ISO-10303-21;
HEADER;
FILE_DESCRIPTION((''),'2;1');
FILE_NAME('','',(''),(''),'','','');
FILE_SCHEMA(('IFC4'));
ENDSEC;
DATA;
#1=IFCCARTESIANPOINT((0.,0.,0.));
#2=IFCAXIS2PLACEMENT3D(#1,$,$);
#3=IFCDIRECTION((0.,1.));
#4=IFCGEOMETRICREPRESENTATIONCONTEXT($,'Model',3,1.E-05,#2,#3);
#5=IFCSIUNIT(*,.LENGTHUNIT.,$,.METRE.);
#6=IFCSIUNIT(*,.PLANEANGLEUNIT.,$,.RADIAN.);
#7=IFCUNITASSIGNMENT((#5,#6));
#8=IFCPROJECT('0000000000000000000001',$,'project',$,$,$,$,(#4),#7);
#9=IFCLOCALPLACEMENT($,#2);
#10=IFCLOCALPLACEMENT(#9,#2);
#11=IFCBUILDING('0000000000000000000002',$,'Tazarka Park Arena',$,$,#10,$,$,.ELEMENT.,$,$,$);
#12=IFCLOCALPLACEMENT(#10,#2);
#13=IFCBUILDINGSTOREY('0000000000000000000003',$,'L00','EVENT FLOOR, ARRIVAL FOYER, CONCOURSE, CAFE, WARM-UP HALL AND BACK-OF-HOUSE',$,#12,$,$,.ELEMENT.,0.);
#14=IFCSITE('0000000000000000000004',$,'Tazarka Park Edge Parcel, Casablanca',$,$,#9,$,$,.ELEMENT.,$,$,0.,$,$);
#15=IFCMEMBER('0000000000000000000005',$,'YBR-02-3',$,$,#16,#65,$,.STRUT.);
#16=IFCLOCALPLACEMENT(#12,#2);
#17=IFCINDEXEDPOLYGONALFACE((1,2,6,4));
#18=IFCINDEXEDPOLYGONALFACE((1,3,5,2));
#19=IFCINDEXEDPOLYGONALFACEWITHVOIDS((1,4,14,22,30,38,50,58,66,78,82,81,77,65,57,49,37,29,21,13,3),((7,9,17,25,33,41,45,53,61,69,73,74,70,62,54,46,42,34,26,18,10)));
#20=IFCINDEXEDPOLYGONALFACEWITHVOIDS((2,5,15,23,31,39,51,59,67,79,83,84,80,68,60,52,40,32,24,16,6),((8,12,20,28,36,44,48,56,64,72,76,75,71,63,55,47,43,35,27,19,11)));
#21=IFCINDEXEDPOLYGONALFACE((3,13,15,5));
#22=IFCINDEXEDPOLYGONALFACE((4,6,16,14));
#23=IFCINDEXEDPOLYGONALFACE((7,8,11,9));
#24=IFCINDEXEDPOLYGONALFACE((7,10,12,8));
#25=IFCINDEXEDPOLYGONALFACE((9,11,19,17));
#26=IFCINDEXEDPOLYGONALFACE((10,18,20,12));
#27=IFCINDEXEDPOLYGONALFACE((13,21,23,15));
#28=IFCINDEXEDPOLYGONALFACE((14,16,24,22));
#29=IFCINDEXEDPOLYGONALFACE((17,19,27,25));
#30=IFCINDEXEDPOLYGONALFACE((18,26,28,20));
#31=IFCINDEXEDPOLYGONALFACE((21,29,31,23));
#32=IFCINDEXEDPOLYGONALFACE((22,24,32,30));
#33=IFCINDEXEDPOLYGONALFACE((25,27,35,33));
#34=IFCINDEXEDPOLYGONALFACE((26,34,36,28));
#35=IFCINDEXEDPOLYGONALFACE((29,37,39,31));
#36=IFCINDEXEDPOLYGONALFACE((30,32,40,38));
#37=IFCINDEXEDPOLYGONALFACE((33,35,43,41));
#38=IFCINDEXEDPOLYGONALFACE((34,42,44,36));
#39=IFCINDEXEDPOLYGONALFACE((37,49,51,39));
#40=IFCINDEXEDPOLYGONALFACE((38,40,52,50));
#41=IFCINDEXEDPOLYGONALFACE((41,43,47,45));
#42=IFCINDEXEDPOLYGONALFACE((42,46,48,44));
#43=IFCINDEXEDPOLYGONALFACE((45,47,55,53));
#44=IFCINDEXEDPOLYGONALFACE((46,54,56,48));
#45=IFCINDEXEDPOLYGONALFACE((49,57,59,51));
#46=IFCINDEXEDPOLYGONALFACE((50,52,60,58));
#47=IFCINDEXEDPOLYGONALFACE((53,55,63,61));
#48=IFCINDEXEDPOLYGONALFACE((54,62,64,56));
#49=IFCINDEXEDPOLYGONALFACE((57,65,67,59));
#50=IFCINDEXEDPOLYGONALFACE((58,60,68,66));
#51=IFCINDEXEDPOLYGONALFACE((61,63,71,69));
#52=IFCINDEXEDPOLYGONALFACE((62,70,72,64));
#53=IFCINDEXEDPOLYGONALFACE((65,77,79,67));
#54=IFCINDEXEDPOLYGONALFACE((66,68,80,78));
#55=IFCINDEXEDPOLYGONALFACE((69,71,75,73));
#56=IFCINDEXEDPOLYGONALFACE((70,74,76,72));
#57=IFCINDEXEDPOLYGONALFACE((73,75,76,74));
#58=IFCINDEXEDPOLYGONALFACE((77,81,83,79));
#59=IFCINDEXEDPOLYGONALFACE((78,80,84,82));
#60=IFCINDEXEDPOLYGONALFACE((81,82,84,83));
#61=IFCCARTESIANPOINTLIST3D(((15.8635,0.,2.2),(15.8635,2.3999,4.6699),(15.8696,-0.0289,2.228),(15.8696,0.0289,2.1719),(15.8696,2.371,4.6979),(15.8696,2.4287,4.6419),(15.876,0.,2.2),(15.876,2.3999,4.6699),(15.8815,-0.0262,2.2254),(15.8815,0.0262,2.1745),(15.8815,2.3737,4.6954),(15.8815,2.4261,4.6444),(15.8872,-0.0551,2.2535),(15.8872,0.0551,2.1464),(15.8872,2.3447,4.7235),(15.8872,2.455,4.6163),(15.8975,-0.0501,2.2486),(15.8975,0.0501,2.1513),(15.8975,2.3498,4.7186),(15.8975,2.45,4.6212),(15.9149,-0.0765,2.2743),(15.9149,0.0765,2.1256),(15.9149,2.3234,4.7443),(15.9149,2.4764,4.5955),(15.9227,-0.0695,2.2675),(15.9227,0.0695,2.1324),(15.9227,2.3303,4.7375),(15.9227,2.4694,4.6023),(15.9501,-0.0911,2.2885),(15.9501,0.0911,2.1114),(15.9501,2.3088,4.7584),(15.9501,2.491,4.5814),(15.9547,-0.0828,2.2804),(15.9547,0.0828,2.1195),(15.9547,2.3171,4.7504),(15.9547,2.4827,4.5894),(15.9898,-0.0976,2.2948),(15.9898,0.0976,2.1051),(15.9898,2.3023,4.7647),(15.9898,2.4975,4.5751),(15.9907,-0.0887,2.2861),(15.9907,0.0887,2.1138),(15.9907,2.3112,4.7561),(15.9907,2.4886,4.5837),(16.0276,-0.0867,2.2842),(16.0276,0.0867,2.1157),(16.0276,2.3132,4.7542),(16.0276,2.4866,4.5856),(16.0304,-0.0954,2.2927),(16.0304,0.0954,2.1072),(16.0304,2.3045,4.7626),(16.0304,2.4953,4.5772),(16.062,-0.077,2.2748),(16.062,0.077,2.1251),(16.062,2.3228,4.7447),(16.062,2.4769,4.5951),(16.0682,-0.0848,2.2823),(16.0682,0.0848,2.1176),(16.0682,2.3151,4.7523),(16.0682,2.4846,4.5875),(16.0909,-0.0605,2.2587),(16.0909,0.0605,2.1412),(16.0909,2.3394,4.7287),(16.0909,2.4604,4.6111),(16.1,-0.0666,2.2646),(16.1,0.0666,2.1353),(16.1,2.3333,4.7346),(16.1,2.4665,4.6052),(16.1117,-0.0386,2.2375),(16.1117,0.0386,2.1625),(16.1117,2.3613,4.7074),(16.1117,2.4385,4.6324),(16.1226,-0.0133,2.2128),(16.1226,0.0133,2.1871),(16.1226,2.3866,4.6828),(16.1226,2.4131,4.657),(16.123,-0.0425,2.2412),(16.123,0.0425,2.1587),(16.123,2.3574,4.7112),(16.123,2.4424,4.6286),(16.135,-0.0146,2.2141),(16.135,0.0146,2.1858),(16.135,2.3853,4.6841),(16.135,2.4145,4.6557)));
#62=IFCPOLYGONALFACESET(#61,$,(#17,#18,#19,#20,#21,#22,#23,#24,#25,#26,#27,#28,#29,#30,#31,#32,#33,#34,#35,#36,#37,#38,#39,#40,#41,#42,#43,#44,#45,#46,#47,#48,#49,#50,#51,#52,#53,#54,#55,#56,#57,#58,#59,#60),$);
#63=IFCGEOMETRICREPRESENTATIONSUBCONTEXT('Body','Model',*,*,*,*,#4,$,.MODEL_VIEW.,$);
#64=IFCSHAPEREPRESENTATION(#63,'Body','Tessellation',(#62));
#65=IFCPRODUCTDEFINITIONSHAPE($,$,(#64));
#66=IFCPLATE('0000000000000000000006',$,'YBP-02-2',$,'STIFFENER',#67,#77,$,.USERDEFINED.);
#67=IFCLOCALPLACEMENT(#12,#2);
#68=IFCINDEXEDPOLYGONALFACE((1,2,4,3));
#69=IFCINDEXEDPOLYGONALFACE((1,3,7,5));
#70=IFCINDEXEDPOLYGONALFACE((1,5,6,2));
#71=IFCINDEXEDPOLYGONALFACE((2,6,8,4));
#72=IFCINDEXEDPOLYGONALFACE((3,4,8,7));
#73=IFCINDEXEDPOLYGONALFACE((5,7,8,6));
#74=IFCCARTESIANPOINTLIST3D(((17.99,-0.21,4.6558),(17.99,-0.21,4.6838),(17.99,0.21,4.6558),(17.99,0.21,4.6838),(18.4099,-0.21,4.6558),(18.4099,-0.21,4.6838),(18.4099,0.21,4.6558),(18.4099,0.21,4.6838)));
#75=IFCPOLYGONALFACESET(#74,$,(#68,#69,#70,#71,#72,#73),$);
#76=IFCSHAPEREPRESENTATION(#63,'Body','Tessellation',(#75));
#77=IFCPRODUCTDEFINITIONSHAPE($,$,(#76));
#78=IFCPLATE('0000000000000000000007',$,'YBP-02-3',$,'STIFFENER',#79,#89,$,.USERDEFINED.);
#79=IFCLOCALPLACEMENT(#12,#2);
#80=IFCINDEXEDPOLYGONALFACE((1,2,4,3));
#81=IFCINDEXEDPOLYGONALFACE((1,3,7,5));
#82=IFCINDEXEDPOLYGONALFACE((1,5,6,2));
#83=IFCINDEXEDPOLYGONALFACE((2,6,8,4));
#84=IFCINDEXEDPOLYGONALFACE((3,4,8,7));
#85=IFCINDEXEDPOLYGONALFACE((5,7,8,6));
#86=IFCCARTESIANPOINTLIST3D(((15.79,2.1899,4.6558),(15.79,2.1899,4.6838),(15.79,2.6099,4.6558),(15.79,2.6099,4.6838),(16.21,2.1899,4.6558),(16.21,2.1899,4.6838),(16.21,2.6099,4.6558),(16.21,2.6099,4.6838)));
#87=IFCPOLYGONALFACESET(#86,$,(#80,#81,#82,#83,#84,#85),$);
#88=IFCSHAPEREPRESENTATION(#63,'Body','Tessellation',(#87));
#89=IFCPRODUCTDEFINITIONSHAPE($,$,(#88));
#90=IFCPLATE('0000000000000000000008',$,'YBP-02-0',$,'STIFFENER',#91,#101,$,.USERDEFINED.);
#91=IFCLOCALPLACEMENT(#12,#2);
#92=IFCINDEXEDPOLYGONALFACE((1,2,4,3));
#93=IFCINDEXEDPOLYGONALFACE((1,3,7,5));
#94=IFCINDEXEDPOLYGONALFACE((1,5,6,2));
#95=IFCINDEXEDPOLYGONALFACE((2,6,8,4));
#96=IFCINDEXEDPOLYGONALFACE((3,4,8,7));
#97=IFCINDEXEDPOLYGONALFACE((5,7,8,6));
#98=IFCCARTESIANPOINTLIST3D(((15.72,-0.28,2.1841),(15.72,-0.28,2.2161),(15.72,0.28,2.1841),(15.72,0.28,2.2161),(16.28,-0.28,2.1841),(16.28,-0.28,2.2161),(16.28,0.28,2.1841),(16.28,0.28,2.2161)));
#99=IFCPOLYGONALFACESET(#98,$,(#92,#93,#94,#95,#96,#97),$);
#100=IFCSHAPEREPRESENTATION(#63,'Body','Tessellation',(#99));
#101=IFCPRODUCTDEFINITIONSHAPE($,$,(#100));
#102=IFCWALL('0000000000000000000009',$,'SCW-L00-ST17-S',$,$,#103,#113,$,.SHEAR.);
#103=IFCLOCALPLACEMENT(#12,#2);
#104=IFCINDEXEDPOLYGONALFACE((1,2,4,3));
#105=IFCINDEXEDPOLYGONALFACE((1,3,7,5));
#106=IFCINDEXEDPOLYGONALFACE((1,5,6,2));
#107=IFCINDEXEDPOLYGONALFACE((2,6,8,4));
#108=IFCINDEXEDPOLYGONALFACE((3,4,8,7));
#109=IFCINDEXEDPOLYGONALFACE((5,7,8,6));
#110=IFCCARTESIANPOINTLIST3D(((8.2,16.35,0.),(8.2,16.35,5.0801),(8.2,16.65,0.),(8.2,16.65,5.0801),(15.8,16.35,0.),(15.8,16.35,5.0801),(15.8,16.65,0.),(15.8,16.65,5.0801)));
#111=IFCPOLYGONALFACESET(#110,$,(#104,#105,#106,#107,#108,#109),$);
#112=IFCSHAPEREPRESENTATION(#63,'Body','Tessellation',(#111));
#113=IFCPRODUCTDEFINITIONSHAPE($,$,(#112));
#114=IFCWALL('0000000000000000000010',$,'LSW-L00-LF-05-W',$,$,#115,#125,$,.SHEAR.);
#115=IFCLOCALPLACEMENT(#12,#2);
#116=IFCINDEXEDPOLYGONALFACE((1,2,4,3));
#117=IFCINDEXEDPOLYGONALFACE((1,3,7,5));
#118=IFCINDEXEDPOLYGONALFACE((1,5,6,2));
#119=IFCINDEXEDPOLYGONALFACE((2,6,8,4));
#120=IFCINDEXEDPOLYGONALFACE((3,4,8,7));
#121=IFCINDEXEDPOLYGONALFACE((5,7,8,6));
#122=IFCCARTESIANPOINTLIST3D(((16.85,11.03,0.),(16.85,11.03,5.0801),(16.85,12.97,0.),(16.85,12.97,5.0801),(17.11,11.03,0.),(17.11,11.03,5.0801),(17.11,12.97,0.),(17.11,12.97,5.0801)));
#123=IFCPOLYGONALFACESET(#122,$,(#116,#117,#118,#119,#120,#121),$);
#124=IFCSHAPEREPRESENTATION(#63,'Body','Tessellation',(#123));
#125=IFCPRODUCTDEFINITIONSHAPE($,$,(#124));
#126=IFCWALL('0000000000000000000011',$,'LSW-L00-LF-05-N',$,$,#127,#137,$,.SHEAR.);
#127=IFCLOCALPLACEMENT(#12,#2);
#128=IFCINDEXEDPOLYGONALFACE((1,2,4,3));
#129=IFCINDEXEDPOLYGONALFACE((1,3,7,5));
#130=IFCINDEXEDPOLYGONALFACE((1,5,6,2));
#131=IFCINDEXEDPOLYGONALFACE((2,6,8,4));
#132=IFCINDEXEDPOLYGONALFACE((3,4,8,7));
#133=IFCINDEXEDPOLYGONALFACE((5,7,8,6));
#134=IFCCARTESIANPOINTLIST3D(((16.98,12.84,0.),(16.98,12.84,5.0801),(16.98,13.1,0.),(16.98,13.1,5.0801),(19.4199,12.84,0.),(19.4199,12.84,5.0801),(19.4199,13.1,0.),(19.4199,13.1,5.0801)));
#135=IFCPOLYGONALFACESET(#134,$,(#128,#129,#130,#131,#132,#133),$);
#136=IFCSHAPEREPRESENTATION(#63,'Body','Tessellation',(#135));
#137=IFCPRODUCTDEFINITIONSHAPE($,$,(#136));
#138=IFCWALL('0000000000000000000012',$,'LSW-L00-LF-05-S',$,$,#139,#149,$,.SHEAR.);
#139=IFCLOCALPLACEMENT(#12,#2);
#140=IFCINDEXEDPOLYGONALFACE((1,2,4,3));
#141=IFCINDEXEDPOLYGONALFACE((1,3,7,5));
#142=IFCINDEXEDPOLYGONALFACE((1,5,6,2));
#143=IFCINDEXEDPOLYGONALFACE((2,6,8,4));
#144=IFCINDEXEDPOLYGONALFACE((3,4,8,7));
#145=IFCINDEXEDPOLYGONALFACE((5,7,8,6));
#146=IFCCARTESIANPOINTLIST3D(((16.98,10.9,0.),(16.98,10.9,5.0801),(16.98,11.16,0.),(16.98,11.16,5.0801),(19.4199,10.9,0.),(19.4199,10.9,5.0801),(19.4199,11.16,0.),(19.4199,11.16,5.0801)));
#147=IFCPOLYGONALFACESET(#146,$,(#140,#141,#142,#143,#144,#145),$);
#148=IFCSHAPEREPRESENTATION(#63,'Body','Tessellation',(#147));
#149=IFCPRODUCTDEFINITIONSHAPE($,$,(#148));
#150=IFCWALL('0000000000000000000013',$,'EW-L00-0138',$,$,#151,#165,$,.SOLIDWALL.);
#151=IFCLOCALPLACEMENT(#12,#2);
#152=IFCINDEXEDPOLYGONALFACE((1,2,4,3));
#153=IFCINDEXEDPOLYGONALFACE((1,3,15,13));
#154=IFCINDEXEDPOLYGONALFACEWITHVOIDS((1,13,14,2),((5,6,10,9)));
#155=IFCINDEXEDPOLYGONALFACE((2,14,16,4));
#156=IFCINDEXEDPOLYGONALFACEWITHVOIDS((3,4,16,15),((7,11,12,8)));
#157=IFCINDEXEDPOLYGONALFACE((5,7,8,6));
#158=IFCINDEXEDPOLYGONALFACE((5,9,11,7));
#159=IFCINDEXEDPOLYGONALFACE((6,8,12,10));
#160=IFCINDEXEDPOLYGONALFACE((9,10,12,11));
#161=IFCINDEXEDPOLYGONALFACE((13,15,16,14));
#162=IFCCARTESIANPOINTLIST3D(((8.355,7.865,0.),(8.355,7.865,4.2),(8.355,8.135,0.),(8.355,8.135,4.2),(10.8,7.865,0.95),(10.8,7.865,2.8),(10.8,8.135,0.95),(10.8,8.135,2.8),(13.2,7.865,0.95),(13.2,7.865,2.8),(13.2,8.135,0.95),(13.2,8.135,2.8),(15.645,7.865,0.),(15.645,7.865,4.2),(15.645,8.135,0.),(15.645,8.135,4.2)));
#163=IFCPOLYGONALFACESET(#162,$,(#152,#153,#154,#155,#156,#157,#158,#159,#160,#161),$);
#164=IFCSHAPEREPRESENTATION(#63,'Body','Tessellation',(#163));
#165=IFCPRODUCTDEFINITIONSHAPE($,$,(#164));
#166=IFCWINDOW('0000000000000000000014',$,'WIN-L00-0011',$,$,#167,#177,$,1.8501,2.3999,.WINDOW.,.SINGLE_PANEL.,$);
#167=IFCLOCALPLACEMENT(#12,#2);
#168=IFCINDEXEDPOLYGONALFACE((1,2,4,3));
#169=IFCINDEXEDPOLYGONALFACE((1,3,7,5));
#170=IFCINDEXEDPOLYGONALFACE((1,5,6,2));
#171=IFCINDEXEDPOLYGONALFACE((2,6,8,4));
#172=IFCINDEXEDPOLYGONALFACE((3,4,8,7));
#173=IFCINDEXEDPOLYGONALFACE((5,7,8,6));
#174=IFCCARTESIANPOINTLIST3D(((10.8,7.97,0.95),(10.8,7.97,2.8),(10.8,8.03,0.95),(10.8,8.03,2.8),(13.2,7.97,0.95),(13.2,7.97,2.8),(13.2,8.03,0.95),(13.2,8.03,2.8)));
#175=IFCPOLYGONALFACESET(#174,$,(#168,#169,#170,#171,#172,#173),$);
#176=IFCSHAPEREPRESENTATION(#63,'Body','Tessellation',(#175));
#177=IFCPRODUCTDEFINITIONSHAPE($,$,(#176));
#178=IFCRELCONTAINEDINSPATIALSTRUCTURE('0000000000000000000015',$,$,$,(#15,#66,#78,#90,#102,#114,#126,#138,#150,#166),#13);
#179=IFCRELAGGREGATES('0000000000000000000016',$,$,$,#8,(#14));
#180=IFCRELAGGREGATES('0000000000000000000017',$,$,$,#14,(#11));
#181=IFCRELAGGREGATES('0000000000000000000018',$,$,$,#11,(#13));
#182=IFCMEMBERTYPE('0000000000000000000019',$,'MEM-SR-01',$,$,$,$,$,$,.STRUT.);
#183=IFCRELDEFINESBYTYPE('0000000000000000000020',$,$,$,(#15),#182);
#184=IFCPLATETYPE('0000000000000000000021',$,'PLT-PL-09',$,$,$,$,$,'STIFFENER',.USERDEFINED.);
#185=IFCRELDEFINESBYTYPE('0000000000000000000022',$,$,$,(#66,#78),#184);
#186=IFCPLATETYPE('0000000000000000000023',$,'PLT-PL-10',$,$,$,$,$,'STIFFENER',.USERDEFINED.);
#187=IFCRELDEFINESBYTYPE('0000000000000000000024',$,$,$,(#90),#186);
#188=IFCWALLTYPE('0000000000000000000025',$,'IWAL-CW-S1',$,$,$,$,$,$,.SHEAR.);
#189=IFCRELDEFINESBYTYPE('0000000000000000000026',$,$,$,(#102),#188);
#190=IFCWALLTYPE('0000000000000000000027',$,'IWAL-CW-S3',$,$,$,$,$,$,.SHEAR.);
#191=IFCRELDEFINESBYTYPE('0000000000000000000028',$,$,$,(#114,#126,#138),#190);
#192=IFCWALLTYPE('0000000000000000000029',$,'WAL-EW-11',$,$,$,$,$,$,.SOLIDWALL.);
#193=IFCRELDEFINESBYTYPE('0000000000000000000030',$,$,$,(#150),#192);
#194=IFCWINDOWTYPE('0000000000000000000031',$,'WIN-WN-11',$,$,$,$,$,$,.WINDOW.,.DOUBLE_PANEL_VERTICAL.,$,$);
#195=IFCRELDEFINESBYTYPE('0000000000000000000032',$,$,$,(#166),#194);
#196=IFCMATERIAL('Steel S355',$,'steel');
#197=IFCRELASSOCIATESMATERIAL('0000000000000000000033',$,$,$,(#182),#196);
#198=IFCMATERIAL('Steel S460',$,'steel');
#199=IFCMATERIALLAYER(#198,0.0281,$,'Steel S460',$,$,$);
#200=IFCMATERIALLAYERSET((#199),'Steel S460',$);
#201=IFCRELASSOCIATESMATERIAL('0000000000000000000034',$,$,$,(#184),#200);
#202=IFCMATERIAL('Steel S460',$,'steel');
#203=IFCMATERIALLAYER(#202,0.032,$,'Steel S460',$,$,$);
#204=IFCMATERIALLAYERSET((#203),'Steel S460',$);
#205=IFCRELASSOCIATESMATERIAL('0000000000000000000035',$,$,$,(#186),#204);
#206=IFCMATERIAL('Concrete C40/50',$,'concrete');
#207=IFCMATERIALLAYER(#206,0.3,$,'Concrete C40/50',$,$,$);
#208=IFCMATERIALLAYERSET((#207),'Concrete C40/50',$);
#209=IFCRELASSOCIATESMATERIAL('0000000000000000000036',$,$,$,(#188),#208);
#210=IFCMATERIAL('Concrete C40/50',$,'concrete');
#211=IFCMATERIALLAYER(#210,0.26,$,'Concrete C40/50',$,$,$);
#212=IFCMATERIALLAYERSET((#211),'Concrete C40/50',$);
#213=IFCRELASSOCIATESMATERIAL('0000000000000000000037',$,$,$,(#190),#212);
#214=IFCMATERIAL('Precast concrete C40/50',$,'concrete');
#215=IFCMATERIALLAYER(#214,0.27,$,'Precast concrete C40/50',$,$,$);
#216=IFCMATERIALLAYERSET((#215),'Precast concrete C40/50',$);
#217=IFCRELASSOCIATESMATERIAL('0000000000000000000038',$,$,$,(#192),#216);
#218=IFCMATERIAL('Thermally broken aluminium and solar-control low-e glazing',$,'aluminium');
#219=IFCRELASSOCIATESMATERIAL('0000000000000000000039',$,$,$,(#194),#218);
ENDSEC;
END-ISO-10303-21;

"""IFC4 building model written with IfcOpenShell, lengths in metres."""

from ifc_helpers import new_model, si_unit, direction, frame, frame_2d, origin, origin_2d, place, context, subcontext, project, spatial, rectangle, hollow_circle, extrude, material, layer, layer_set, material_profile, profile_set, type_object, element, fill, save


model = new_model("IFC4")

# Units and contexts
model_context = context("Model", 3, precision=1e-05, world=origin(), true_north=direction((0.0, 1.0)))
body_context = subcontext(model_context, "Body", "Model", "MODEL_VIEW")
ifc_project = project(units=[si_unit("LENGTHUNIT", "METRE"), si_unit("PLANEANGLEUNIT", "RADIAN")], contexts=[model_context])

# Site, building, storey
site_placement = place(None, origin())
site = spatial("IfcSite", under=ifc_project, at=site_placement, Name="Tazarka Park Edge Parcel, Casablanca", CompositionType="ELEMENT", RefElevation=0.0)
building_placement = place(site_placement, origin())
building = spatial("IfcBuilding", under=site, at=building_placement, Name="Tazarka Park Arena", CompositionType="ELEMENT")
storey_placement = place(building_placement, origin())
storey = spatial("IfcBuildingStorey", under=building, at=storey_placement, Name="L00", Description="EVENT FLOOR, ARRIVAL FOYER, CONCOURSE, CAFE, WARM-UP HALL AND BACK-OF-HOUSE", CompositionType="ELEMENT", Elevation=0.0)

# Member
ifc_material_1 = material(Name="Steel S355", Category="steel")
ifc_material_profile_1 = material_profile(ifc_material_1, hollow_circle(Radius=0.1365, WallThickness=0.0125, at=origin_2d()), Name="Steel S355")
ifc_profile_set_1 = profile_set([ifc_material_profile_1], Name="Steel S355")
member_type = type_object("IfcMemberType", Name="MEM-SR-01", PredefinedType="STRUT", material=ifc_profile_set_1)
member_placement = place(storey_placement, frame((16.0, 0.0, 2.2), z_axis=(0.0, 0.696861, 0.717206), x_axis=(-1.0, 0.0, 0.0)))
element("IfcMember", 1, at=member_placement, inside=storey, type_object=member_type, Name="YBR-02-3", PredefinedType="STRUT", context=body_context, shape_type="SweptSolid", body=[
    extrude(hollow_circle(Radius=0.1365, WallThickness=0.0125, at=origin_2d()), origin(), (0.0, 0.0, 1.0), 3.4438),
])

# Plates
ifc_material_2 = material(Name="Steel S460", Category="steel")
ifc_layer_1 = layer(ifc_material_2, 0.0281, Name="Steel S460")
ifc_layer_set_1 = layer_set([ifc_layer_1], Name="Steel S460")
plate_type_1 = type_object("IfcPlateType", Name="PLT-PL-09", ElementType="STIFFENER", PredefinedType="USERDEFINED", material=ifc_layer_set_1)
for number, where, z_axis, x_axis, name in (
    (2, (18.2, 0.0, 4.6558), (0.0, 0.0, 1.0), (1.0, 0.0, 0.0), "YBP-02-2"),
    (3, (16.0, 2.3999, 4.6558), (0.0, 0.0, 1.0), (1.0, 0.0, 0.0), "YBP-02-3"),
):
    element("IfcPlate", number, at=place(storey_placement, frame(where, z_axis=z_axis, x_axis=x_axis)), inside=storey, type_object=plate_type_1, Name=name, ObjectType="STIFFENER", PredefinedType="USERDEFINED", context=body_context, shape_type="SweptSolid", body=[
        extrude(rectangle(XDim=0.4199, YDim=0.4199, at=origin_2d()), origin(), (0.0, 0.0, 1.0), 0.0281),
    ])
ifc_material_3 = material(Name="Steel S460", Category="steel")
ifc_layer_2 = layer(ifc_material_3, 0.032, Name="Steel S460")
ifc_layer_set_2 = layer_set([ifc_layer_2], Name="Steel S460")
plate_type_2 = type_object("IfcPlateType", Name="PLT-PL-10", ElementType="STIFFENER", PredefinedType="USERDEFINED", material=ifc_layer_set_2)
plate_placement = place(storey_placement, frame((16.0, 0.0, 2.1841), z_axis=(0.0, 0.0, 1.0), x_axis=(1.0, 0.0, 0.0)))
element("IfcPlate", 4, at=plate_placement, inside=storey, type_object=plate_type_2, Name="YBP-02-0", ObjectType="STIFFENER", PredefinedType="USERDEFINED", context=body_context, shape_type="SweptSolid", body=[
    extrude(rectangle(XDim=0.5601, YDim=0.5601, at=origin_2d()), origin(), (0.0, 0.0, 1.0), 0.032),
])

# Walls
ifc_material_4 = material(Name="Concrete C40/50", Category="concrete")
ifc_layer_3 = layer(ifc_material_4, 0.3, Name="Concrete C40/50")
ifc_layer_set_3 = layer_set([ifc_layer_3], Name="Concrete C40/50")
wall_type_1 = type_object("IfcWallType", Name="IWAL-CW-S1", PredefinedType="SHEAR", material=ifc_layer_set_3)
wall_1_placement = place(storey_placement, frame((15.8, 16.5, 0.0), z_axis=(0.0, 0.0, 1.0), x_axis=(-1.0, 0.0, 0.0)))
element("IfcWall", 5, at=wall_1_placement, inside=storey, type_object=wall_type_1, Name="SCW-L00-ST17-S", PredefinedType="SHEAR", context=body_context, shape_type="SweptSolid", body=[
    extrude(rectangle(XDim=7.6001, YDim=0.3, at=frame_2d((3.8, 0.0))), origin(), (0.0, 0.0, 1.0), 5.0801),
])
ifc_material_5 = material(Name="Concrete C40/50", Category="concrete")
ifc_layer_4 = layer(ifc_material_5, 0.26, Name="Concrete C40/50")
ifc_layer_set_4 = layer_set([ifc_layer_4], Name="Concrete C40/50")
wall_type_2 = type_object("IfcWallType", Name="IWAL-CW-S3", PredefinedType="SHEAR", material=ifc_layer_set_4)
wall_2_placement = place(storey_placement, frame((16.98, 11.03, 0.0), z_axis=(0.0, 0.0, 1.0), x_axis=(0.0, 1.0, 0.0)))
element("IfcWall", 6, at=wall_2_placement, inside=storey, type_object=wall_type_2, Name="LSW-L00-LF-05-W", PredefinedType="SHEAR", context=body_context, shape_type="SweptSolid", body=[
    extrude(rectangle(XDim=1.9399, YDim=0.26, at=frame_2d((0.97, 0.0))), origin(), (0.0, 0.0, 1.0), 5.0801),
])
for number, where, z_axis, x_axis, name in (
    (7, (16.98, 12.97, 0.0), (0.0, 0.0, 1.0), (1.0, 0.0, 0.0), "LSW-L00-LF-05-N"),
    (8, (19.4199, 11.03, 0.0), (0.0, 0.0, 1.0), (-1.0, 0.0, 0.0), "LSW-L00-LF-05-S"),
):
    element("IfcWall", number, at=place(storey_placement, frame(where, z_axis=z_axis, x_axis=x_axis)), inside=storey, type_object=wall_type_2, Name=name, PredefinedType="SHEAR", context=body_context, shape_type="SweptSolid", body=[
        extrude(rectangle(XDim=2.4399, YDim=0.26, at=frame_2d((1.22, 0.0))), origin(), (0.0, 0.0, 1.0), 5.0801),
    ])

# Wall, opening, window
ifc_material_6 = material(Name="Precast concrete C40/50", Category="concrete")
ifc_layer_5 = layer(ifc_material_6, 0.27, Name="Precast concrete C40/50")
ifc_layer_set_5 = layer_set([ifc_layer_5], Name="Precast concrete C40/50")
wall_type_3 = type_object("IfcWallType", Name="WAL-EW-11", PredefinedType="SOLIDWALL", material=ifc_layer_set_5)
wall_3_placement = place(storey_placement, frame((15.645, 8.0, 0.0), z_axis=(0.0, 0.0, 1.0), x_axis=(-1.0, 0.0, 0.0)))
wall_3 = element("IfcWall", 9, at=wall_3_placement, inside=storey, type_object=wall_type_3, Name="EW-L00-0138", PredefinedType="SOLIDWALL", context=body_context, shape_type="SweptSolid", body=[
    extrude(rectangle(XDim=7.29, YDim=0.27, at=frame_2d((3.645, 0.0))), origin(), (0.0, 0.0, 1.0), 4.2),
])
opening_1_placement = place(wall_3_placement, frame((2.4451, 0.0, 0.95)))
opening_1 = element("IfcOpeningElement", 10, at=opening_1_placement, cuts=wall_3, PredefinedType="OPENING", context=body_context, shape_type="SweptSolid", body=[
    extrude(rectangle(XDim=2.3999, YDim=1.8501, at=frame_2d((1.2, 0.925))), frame((0.0, 0.145, 0.0), z_axis=(0.0, -1.0, 0.0), x_axis=(1.0, 0.0, 0.0)), (0.0, 0.0, 1.0), 0.29),
])
ifc_material_7 = material(Name="Thermally broken aluminium and solar-control low-e glazing", Category="aluminium")
window_type_1 = type_object("IfcWindowType", Name="WIN-WN-11", PartitioningType="DOUBLE_PANEL_VERTICAL", PredefinedType="WINDOW", material=ifc_material_7)
window_1_placement = place(opening_1_placement, origin())
window_1 = element("IfcWindow", 11, at=window_1_placement, inside=storey, type_object=window_type_1, Name="WIN-L00-0011", OverallHeight=1.8501, OverallWidth=2.3999, PartitioningType="SINGLE_PANEL", PredefinedType="WINDOW", context=body_context, shape_type="SweptSolid", body=[
    extrude(rectangle(XDim=2.3999, YDim=1.8501, at=frame_2d((1.2, 0.925))), frame((0.0, 0.03, 0.0), z_axis=(0.0, -1.0, 0.0), x_axis=(1.0, 0.0, 0.0)), (0.0, 0.0, 1.0), 0.0601),
])
fill(opening_1, window_1)

save(model, "model.ifc")
